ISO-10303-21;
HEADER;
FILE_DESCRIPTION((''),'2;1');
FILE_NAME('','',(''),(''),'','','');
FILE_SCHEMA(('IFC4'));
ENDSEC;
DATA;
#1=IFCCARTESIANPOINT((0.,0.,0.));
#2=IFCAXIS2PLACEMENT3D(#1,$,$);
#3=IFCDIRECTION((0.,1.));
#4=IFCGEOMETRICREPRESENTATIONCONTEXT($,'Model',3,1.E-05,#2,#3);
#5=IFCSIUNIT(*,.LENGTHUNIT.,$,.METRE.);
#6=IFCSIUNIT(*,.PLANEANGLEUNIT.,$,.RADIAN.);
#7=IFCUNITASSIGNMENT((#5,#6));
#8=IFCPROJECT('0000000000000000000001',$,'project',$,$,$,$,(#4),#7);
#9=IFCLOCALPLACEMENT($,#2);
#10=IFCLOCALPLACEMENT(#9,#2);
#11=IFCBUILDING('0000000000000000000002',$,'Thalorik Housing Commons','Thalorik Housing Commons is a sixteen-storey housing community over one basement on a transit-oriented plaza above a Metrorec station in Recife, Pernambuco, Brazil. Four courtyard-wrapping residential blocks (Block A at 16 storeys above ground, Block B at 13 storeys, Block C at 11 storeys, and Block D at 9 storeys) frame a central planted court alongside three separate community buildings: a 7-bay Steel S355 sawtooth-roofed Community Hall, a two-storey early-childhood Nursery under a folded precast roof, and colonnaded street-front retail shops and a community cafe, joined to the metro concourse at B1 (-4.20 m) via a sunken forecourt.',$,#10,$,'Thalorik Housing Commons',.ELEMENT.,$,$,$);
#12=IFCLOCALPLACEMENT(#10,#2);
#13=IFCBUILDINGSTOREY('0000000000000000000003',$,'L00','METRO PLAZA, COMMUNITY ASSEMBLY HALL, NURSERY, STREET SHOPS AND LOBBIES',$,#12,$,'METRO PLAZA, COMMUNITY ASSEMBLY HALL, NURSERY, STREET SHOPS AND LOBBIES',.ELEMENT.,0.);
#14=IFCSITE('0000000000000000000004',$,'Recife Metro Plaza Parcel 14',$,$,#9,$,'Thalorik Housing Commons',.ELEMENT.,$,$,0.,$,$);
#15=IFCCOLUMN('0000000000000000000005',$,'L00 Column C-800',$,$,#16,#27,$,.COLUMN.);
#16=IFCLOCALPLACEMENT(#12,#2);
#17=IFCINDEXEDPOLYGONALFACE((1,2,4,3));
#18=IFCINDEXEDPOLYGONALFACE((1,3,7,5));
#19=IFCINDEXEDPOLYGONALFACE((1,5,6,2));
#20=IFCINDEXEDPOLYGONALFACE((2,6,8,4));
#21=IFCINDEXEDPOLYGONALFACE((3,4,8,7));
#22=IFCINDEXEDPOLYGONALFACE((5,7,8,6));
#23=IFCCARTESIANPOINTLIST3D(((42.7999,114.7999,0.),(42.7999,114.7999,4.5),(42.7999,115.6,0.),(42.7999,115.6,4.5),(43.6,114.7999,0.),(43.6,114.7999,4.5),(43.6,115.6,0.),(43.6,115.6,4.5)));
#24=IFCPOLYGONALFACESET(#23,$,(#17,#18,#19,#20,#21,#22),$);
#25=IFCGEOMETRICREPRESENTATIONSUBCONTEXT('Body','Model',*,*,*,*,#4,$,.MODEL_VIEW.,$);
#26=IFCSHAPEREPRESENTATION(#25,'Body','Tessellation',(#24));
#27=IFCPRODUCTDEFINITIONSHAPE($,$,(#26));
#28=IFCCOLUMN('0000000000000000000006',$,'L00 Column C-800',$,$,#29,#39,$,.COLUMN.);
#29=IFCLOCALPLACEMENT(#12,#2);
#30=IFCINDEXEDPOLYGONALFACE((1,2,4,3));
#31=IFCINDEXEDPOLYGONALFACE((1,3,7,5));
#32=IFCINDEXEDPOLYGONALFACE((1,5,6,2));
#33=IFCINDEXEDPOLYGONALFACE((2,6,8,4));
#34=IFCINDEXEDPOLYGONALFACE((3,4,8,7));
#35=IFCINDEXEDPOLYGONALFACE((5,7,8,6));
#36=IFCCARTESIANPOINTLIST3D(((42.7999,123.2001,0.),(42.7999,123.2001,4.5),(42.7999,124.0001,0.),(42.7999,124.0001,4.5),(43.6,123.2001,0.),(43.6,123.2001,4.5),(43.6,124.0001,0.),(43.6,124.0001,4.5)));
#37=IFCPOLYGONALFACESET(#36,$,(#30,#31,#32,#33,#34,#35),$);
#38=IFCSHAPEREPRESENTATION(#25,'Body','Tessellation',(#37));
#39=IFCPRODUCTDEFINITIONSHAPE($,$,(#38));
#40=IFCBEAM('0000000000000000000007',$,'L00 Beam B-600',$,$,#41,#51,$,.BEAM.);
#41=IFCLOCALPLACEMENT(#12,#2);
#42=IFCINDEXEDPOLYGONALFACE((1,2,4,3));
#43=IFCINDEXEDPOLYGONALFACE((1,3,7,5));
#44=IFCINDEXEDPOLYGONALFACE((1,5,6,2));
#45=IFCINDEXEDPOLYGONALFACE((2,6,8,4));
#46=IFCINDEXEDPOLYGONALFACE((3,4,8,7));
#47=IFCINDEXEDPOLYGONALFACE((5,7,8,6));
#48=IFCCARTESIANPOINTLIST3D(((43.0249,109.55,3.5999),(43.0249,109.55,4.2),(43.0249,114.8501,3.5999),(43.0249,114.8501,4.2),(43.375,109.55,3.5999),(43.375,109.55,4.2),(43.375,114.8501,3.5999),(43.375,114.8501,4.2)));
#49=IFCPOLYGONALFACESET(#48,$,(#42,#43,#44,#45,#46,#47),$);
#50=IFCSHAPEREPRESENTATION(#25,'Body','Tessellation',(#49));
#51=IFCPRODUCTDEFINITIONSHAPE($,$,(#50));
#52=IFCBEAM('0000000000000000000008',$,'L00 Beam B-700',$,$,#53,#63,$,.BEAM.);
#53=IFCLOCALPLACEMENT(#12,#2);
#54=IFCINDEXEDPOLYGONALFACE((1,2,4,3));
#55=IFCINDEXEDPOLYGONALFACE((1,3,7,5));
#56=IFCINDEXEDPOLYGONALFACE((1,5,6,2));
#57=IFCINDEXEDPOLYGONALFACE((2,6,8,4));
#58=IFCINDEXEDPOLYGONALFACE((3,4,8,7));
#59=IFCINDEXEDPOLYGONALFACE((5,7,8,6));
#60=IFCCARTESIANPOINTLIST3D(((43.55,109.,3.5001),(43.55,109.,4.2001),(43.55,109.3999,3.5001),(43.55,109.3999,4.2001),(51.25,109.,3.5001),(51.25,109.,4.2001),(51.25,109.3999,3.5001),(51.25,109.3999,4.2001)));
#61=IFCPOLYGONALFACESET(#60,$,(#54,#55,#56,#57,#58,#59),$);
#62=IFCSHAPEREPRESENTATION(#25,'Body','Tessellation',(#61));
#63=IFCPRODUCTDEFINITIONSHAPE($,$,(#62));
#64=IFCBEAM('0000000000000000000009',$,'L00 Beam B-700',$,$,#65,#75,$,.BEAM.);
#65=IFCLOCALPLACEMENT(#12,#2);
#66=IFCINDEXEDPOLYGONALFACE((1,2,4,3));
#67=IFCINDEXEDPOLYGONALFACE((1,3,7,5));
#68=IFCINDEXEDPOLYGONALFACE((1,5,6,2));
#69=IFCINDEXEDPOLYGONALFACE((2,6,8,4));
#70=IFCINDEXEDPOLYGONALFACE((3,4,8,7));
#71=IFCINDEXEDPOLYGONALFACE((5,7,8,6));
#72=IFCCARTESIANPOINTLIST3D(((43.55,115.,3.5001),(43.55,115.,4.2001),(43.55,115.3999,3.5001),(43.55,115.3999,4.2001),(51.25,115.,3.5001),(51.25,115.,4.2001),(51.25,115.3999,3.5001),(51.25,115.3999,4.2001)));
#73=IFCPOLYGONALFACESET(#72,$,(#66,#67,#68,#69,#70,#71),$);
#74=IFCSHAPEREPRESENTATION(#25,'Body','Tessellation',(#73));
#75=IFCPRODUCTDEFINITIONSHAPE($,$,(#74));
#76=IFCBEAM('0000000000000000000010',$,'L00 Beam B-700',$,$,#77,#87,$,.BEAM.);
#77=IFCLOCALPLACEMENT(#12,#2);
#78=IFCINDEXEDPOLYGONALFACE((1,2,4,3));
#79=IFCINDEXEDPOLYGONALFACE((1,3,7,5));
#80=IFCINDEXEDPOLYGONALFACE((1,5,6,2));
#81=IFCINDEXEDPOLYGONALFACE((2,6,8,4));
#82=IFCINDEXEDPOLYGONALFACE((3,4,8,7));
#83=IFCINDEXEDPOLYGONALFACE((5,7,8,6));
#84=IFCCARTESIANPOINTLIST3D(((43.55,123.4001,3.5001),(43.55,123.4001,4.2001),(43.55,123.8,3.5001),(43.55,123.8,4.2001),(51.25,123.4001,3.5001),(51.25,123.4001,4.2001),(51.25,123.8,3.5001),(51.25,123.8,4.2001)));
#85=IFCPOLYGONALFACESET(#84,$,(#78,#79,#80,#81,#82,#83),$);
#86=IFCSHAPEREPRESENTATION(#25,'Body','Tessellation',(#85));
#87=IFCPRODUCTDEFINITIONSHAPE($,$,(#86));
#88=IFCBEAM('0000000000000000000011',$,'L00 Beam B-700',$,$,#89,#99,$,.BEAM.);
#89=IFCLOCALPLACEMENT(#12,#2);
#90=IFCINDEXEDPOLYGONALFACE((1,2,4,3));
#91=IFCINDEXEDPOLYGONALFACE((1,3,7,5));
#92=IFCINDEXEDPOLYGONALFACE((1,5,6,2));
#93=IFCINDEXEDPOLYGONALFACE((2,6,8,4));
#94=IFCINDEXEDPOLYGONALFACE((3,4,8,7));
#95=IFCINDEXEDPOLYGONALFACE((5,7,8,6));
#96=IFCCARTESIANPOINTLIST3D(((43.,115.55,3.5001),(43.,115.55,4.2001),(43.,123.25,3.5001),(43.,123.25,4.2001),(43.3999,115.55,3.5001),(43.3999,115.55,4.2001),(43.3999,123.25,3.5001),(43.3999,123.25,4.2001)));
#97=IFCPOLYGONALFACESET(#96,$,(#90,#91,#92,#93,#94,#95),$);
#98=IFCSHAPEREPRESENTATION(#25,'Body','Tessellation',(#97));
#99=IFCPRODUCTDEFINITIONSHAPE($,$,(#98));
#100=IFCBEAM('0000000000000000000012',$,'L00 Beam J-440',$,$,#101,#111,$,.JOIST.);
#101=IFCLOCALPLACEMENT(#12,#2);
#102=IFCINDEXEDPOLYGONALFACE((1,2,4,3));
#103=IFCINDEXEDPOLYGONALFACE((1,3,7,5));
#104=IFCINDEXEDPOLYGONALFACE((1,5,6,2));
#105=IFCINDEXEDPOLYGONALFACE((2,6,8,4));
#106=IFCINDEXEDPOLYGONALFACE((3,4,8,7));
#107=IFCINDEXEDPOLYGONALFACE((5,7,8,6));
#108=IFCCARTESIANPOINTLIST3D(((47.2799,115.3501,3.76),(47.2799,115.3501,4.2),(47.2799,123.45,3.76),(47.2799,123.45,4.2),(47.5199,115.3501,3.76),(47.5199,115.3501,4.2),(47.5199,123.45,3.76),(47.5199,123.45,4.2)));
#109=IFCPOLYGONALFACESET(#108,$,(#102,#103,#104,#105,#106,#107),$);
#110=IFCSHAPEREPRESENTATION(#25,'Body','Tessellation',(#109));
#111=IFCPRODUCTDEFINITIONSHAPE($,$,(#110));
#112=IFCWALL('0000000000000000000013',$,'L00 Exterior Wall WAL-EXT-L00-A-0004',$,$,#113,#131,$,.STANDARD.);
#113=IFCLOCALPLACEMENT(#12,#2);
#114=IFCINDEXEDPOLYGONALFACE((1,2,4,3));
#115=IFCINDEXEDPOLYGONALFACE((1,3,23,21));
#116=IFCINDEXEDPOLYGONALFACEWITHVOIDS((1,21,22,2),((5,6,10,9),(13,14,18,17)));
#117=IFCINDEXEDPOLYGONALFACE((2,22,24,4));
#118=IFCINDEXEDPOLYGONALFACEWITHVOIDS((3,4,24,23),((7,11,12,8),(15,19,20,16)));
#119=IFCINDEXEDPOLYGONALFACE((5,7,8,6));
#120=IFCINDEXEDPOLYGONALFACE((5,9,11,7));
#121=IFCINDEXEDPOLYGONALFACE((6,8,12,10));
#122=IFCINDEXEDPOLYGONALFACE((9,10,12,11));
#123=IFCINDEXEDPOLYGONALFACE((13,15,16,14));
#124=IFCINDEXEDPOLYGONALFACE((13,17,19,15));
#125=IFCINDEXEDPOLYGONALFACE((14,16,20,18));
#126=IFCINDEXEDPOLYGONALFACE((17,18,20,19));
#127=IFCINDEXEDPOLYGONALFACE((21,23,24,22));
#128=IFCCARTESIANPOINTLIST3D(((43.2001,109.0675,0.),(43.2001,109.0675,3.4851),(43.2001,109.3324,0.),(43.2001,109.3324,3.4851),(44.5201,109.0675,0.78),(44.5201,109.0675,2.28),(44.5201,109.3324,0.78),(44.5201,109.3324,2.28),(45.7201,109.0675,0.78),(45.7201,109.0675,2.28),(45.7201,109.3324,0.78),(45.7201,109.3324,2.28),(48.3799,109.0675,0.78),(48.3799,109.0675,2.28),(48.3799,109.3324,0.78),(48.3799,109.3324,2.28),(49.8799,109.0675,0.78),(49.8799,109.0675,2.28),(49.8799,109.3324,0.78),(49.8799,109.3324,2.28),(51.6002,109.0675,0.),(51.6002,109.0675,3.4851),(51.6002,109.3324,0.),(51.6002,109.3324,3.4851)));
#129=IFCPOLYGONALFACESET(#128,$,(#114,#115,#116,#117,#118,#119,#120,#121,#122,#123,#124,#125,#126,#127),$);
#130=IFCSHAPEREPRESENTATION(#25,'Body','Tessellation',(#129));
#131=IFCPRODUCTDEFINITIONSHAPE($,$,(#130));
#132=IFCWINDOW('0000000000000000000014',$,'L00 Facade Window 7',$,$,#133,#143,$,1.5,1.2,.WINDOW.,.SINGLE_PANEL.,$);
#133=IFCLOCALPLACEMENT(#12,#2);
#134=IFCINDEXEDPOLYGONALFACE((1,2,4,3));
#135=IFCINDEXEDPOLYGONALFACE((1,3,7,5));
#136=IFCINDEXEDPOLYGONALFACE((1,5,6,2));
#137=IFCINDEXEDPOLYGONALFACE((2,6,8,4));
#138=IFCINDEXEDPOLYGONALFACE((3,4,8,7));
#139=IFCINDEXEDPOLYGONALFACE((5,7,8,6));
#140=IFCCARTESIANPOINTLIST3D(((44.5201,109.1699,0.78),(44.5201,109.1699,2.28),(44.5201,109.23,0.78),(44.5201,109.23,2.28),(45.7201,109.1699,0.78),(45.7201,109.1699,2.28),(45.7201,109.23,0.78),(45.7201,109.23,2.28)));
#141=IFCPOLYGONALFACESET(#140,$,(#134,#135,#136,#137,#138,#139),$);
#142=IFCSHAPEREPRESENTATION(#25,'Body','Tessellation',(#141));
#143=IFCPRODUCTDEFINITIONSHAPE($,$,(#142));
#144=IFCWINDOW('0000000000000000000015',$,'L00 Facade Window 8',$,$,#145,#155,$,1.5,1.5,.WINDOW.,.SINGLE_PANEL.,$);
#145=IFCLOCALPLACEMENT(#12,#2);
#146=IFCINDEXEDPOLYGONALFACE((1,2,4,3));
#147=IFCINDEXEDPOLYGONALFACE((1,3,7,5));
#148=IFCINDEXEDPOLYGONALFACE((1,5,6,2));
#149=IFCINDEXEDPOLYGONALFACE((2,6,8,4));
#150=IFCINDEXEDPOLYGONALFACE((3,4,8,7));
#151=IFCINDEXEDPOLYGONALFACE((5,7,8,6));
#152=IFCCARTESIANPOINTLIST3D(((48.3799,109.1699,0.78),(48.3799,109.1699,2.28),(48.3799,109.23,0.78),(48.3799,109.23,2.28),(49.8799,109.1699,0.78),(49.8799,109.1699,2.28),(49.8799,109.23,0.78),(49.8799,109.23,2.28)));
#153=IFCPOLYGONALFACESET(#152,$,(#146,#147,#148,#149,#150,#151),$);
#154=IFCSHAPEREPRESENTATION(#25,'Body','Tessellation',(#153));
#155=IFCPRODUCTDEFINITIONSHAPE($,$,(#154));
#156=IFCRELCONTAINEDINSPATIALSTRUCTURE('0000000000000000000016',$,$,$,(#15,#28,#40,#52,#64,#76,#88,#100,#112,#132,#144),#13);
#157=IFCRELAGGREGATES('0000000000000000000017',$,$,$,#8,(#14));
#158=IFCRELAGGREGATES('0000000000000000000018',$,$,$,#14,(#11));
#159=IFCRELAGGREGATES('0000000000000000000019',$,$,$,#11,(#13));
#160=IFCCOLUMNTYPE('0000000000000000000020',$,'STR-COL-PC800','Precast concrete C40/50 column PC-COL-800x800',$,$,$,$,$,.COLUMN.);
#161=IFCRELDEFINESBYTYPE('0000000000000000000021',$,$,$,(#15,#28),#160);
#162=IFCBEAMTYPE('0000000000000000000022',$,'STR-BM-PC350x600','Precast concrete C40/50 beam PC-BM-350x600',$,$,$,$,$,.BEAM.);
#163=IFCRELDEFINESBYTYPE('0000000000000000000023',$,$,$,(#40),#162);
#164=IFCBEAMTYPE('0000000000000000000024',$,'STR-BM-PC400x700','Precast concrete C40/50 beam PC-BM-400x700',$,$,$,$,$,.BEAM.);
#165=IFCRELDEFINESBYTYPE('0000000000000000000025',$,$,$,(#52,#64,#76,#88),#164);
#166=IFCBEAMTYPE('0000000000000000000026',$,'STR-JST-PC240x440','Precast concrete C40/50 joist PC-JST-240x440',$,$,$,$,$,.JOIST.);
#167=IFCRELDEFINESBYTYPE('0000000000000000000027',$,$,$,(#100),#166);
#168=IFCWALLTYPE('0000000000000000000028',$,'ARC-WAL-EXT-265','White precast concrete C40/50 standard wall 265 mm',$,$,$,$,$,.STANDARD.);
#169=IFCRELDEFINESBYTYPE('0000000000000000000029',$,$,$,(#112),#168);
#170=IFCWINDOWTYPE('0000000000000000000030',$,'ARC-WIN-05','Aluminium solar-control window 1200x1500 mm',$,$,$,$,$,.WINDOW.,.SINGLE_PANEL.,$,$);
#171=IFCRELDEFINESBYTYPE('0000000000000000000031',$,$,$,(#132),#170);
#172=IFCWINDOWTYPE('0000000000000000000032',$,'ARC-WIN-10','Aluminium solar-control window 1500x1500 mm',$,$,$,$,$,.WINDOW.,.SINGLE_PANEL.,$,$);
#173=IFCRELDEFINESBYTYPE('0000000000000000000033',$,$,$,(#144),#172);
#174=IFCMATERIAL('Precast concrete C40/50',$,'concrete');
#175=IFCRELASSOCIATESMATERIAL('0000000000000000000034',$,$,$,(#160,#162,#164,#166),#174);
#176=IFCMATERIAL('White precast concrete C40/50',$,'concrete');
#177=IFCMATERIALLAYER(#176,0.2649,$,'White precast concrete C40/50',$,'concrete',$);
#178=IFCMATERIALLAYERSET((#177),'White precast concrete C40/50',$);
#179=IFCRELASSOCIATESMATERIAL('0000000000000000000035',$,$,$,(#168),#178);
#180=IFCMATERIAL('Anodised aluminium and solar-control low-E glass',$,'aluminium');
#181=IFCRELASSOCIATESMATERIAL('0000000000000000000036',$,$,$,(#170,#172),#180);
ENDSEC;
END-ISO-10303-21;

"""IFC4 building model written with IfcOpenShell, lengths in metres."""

from ifc_helpers import new_model, si_unit, direction, frame, frame_2d, origin, origin_2d, place, context, subcontext, project, spatial, rectangle, extrude, material, layer, layer_set, material_profile, profile_set, type_object, element, fill, save


model = new_model("IFC4")

# Units and contexts
model_context = context("Model", 3, precision=1e-05, world=origin(), true_north=direction((0.0, 1.0)))
body_context = subcontext(model_context, "Body", "Model", "MODEL_VIEW")
ifc_project = project(units=[si_unit("LENGTHUNIT", "METRE"), si_unit("PLANEANGLEUNIT", "RADIAN")], contexts=[model_context])

# Site, building, storey
site_placement = place(None, origin())
site = spatial("IfcSite", under=ifc_project, at=site_placement, Name="Recife Metro Plaza Parcel 14", LongName="Thalorik Housing Commons", CompositionType="ELEMENT", RefElevation=0.0)
building_placement = place(site_placement, origin())
building = spatial("IfcBuilding", under=site, at=building_placement, Name="Thalorik Housing Commons", Description="Thalorik Housing Commons is a sixteen-storey housing community over one basement on a transit-oriented plaza above a Metrorec station in Recife, Pernambuco, Brazil. Four courtyard-wrapping residential blocks (Block A at 16 storeys above ground, Block B at 13 storeys, Block C at 11 storeys, and Block D at 9 storeys) frame a central planted court alongside three separate community buildings: a 7-bay Steel S355 sawtooth-roofed Community Hall, a two-storey early-childhood Nursery under a folded precast roof, and colonnaded street-front retail shops and a community cafe, joined to the metro concourse at B1 (-4.20 m) via a sunken forecourt.", LongName="Thalorik Housing Commons", CompositionType="ELEMENT")
storey_placement = place(building_placement, origin())
storey = spatial("IfcBuildingStorey", under=building, at=storey_placement, Name="L00", Description="METRO PLAZA, COMMUNITY ASSEMBLY HALL, NURSERY, STREET SHOPS AND LOBBIES", LongName="METRO PLAZA, COMMUNITY ASSEMBLY HALL, NURSERY, STREET SHOPS AND LOBBIES", CompositionType="ELEMENT", Elevation=0.0)

# Columns
ifc_material_1 = material(Name="Precast concrete C40/50", Category="concrete")
ifc_material_profile_1 = material_profile(ifc_material_1, rectangle(XDim=0.8, YDim=0.8, at=origin_2d()), Name="PC 800x800", Category="concrete")
ifc_profile_set_1 = profile_set([ifc_material_profile_1], Name="Precast concrete C40/50")
column_type = type_object("IfcColumnType", Name="STR-COL-PC800", Description="Precast concrete C40/50 column PC-COL-800x800", PredefinedType="COLUMN", material=ifc_profile_set_1)
for number, where, z_axis, x_axis, name in (
    (1, (43.2, 115.2, 0.0), (0.0, 0.0, 1.0), (1.0, 0.0, 0.0), "L00 Column C-800"),
    (2, (43.2, 123.6001, 0.0), (0.0, 0.0, 1.0), (1.0, 0.0, 0.0), "L00 Column C-800"),
):
    element("IfcColumn", number, at=place(storey_placement, frame(where, z_axis=z_axis, x_axis=x_axis)), inside=storey, type_object=column_type, Name=name, PredefinedType="COLUMN", context=body_context, shape_type="SweptSolid", body=[
        extrude(rectangle(XDim=0.8, YDim=0.8, at=origin_2d()), origin(), (0.0, 0.0, 1.0), 4.5),
    ])

# Beams
ifc_material_profile_2 = material_profile(ifc_material_1, rectangle(XDim=0.3501, YDim=0.6001, at=origin_2d()), Name="PC 350x600", Category="concrete")
ifc_profile_set_2 = profile_set([ifc_material_profile_2], Name="Precast concrete C40/50")
beam_type_1 = type_object("IfcBeamType", Name="STR-BM-PC350x600", Description="Precast concrete C40/50 beam PC-BM-350x600", PredefinedType="BEAM", material=ifc_profile_set_2)
beam_1_placement = place(storey_placement, frame((43.2, 109.55, 3.8999), z_axis=(0.0, 1.0, 0.0), x_axis=(-1.0, 0.0, 0.0)))
element("IfcBeam", 3, at=beam_1_placement, inside=storey, type_object=beam_type_1, Name="L00 Beam B-600", PredefinedType="BEAM", context=body_context, shape_type="SweptSolid", body=[
    extrude(rectangle(XDim=0.3501, YDim=0.6001, at=origin_2d()), origin(), (0.0, 0.0, 1.0), 5.3),
])
ifc_material_profile_3 = material_profile(ifc_material_1, rectangle(XDim=0.3999, YDim=0.7, at=origin_2d()), Name="PC 400x700", Category="concrete")
ifc_profile_set_3 = profile_set([ifc_material_profile_3], Name="Precast concrete C40/50")
beam_type_2 = type_object("IfcBeamType", Name="STR-BM-PC400x700", Description="Precast concrete C40/50 beam PC-BM-400x700", PredefinedType="BEAM", material=ifc_profile_set_3)
for number, where, z_axis, x_axis, name in (
    (4, (43.55, 109.2, 3.8501), (1.0, 0.0, 0.0), (0.0, 1.0, 0.0), "L00 Beam B-700"),
    (5, (43.55, 115.2, 3.8501), (1.0, 0.0, 0.0), (0.0, 1.0, 0.0), "L00 Beam B-700"),
    (6, (43.55, 123.6001, 3.8501), (1.0, 0.0, 0.0), (0.0, 1.0, 0.0), "L00 Beam B-700"),
    (7, (43.2, 115.55, 3.8501), (0.0, 1.0, 0.0), (-1.0, 0.0, 0.0), "L00 Beam B-700"),
):
    element("IfcBeam", number, at=place(storey_placement, frame(where, z_axis=z_axis, x_axis=x_axis)), inside=storey, type_object=beam_type_2, Name=name, PredefinedType="BEAM", context=body_context, shape_type="SweptSolid", body=[
        extrude(rectangle(XDim=0.3999, YDim=0.7, at=origin_2d()), origin(), (0.0, 0.0, 1.0), 7.7),
    ])
ifc_material_profile_4 = material_profile(ifc_material_1, rectangle(XDim=0.24, YDim=0.4399, at=origin_2d()), Name="PC JST 240x440", Category="concrete")
ifc_profile_set_4 = profile_set([ifc_material_profile_4], Name="Precast concrete C40/50")
beam_type_3 = type_object("IfcBeamType", Name="STR-JST-PC240x440", Description="Precast concrete C40/50 joist PC-JST-240x440", PredefinedType="JOIST", material=ifc_profile_set_4)
beam_2_placement = place(storey_placement, frame((47.3999, 115.3501, 3.98), z_axis=(0.0, 1.0, 0.0), x_axis=(-1.0, 0.0, 0.0)))
element("IfcBeam", 8, at=beam_2_placement, inside=storey, type_object=beam_type_3, Name="L00 Beam J-440", PredefinedType="JOIST", context=body_context, shape_type="SweptSolid", body=[
    extrude(rectangle(XDim=0.24, YDim=0.4399, at=origin_2d()), origin(), (0.0, 0.0, 1.0), 8.0999),
])

# Wall, openings, windows
ifc_material_2 = material(Name="White precast concrete C40/50", Category="concrete")
ifc_layer_1 = layer(ifc_material_2, 0.2649, Name="White precast concrete C40/50", Category="concrete")
ifc_layer_set_1 = layer_set([ifc_layer_1], Name="White precast concrete C40/50")
wall_type_1 = type_object("IfcWallType", Name="ARC-WAL-EXT-265", Description="White precast concrete C40/50 standard wall 265 mm", PredefinedType="STANDARD", material=ifc_layer_set_1)
wall_1_placement = place(storey_placement, frame((43.2, 109.2, 0.0), z_axis=(0.0, 0.0, 1.0), x_axis=(1.0, 0.0, 0.0)))
wall_1 = element("IfcWall", 9, at=wall_1_placement, inside=storey, type_object=wall_type_1, Name="L00 Exterior Wall WAL-EXT-L00-A-0004", PredefinedType="STANDARD", context=body_context, shape_type="SweptSolid", body=[
    extrude(rectangle(XDim=8.4001, YDim=0.2649, at=frame_2d((4.2002, 0.0))), origin(), (0.0, 0.0, 1.0), 3.4851),
])
opening_1_placement = place(wall_1_placement, frame((1.3201, 0.0, 0.78)))
opening_1 = element("IfcOpeningElement", 10, at=opening_1_placement, cuts=wall_1, PredefinedType="OPENING", context=body_context, shape_type="SweptSolid", body=[
    extrude(rectangle(XDim=1.2, YDim=1.5, at=frame_2d((0.6001, 0.75))), frame((0.0, 0.1426, 0.0), z_axis=(0.0, -1.0, 0.0), x_axis=(1.0, 0.0, 0.0)), (0.0, 0.0, 1.0), 0.2849),
])
opening_2_placement = place(wall_1_placement, frame((5.1799, 0.0, 0.78)))
opening_2 = element("IfcOpeningElement", 11, at=opening_2_placement, cuts=wall_1, PredefinedType="OPENING", context=body_context, shape_type="SweptSolid", body=[
    extrude(rectangle(XDim=1.5, YDim=1.5, at=frame_2d((0.75, 0.75))), frame((0.0, 0.1426, 0.0), z_axis=(0.0, -1.0, 0.0), x_axis=(1.0, 0.0, 0.0)), (0.0, 0.0, 1.0), 0.2849),
])
ifc_material_3 = material(Name="Anodised aluminium and solar-control low-E glass", Category="aluminium")
window_type_1 = type_object("IfcWindowType", Name="ARC-WIN-05", Description="Aluminium solar-control window 1200x1500 mm", PartitioningType="SINGLE_PANEL", PredefinedType="WINDOW", material=ifc_material_3)
window_1_placement = place(opening_1_placement, origin())
window_1 = element("IfcWindow", 12, at=window_1_placement, inside=storey, type_object=window_type_1, Name="L00 Facade Window 7", OverallHeight=1.5, OverallWidth=1.2, PartitioningType="SINGLE_PANEL", PredefinedType="WINDOW", context=body_context, shape_type="SweptSolid", body=[
    extrude(rectangle(XDim=1.2, YDim=1.5, at=frame_2d((0.6001, 0.75))), frame((0.0, 0.03, 0.0), z_axis=(0.0, -1.0, 0.0), x_axis=(1.0, 0.0, 0.0)), (0.0, 0.0, 1.0), 0.0601),
])
fill(opening_1, window_1)
window_type_2 = type_object("IfcWindowType", Name="ARC-WIN-10", Description="Aluminium solar-control window 1500x1500 mm", PartitioningType="SINGLE_PANEL", PredefinedType="WINDOW", material=ifc_material_3)
window_2_placement = place(opening_2_placement, origin())
window_2 = element("IfcWindow", 13, at=window_2_placement, inside=storey, type_object=window_type_2, Name="L00 Facade Window 8", OverallHeight=1.5, OverallWidth=1.5, PartitioningType="SINGLE_PANEL", PredefinedType="WINDOW", context=body_context, shape_type="SweptSolid", body=[
    extrude(rectangle(XDim=1.5, YDim=1.5, at=frame_2d((0.75, 0.75))), frame((0.0, 0.03, 0.0), z_axis=(0.0, -1.0, 0.0), x_axis=(1.0, 0.0, 0.0)), (0.0, 0.0, 1.0), 0.0601),
])
fill(opening_2, window_2)

save(model, "model.ifc")
